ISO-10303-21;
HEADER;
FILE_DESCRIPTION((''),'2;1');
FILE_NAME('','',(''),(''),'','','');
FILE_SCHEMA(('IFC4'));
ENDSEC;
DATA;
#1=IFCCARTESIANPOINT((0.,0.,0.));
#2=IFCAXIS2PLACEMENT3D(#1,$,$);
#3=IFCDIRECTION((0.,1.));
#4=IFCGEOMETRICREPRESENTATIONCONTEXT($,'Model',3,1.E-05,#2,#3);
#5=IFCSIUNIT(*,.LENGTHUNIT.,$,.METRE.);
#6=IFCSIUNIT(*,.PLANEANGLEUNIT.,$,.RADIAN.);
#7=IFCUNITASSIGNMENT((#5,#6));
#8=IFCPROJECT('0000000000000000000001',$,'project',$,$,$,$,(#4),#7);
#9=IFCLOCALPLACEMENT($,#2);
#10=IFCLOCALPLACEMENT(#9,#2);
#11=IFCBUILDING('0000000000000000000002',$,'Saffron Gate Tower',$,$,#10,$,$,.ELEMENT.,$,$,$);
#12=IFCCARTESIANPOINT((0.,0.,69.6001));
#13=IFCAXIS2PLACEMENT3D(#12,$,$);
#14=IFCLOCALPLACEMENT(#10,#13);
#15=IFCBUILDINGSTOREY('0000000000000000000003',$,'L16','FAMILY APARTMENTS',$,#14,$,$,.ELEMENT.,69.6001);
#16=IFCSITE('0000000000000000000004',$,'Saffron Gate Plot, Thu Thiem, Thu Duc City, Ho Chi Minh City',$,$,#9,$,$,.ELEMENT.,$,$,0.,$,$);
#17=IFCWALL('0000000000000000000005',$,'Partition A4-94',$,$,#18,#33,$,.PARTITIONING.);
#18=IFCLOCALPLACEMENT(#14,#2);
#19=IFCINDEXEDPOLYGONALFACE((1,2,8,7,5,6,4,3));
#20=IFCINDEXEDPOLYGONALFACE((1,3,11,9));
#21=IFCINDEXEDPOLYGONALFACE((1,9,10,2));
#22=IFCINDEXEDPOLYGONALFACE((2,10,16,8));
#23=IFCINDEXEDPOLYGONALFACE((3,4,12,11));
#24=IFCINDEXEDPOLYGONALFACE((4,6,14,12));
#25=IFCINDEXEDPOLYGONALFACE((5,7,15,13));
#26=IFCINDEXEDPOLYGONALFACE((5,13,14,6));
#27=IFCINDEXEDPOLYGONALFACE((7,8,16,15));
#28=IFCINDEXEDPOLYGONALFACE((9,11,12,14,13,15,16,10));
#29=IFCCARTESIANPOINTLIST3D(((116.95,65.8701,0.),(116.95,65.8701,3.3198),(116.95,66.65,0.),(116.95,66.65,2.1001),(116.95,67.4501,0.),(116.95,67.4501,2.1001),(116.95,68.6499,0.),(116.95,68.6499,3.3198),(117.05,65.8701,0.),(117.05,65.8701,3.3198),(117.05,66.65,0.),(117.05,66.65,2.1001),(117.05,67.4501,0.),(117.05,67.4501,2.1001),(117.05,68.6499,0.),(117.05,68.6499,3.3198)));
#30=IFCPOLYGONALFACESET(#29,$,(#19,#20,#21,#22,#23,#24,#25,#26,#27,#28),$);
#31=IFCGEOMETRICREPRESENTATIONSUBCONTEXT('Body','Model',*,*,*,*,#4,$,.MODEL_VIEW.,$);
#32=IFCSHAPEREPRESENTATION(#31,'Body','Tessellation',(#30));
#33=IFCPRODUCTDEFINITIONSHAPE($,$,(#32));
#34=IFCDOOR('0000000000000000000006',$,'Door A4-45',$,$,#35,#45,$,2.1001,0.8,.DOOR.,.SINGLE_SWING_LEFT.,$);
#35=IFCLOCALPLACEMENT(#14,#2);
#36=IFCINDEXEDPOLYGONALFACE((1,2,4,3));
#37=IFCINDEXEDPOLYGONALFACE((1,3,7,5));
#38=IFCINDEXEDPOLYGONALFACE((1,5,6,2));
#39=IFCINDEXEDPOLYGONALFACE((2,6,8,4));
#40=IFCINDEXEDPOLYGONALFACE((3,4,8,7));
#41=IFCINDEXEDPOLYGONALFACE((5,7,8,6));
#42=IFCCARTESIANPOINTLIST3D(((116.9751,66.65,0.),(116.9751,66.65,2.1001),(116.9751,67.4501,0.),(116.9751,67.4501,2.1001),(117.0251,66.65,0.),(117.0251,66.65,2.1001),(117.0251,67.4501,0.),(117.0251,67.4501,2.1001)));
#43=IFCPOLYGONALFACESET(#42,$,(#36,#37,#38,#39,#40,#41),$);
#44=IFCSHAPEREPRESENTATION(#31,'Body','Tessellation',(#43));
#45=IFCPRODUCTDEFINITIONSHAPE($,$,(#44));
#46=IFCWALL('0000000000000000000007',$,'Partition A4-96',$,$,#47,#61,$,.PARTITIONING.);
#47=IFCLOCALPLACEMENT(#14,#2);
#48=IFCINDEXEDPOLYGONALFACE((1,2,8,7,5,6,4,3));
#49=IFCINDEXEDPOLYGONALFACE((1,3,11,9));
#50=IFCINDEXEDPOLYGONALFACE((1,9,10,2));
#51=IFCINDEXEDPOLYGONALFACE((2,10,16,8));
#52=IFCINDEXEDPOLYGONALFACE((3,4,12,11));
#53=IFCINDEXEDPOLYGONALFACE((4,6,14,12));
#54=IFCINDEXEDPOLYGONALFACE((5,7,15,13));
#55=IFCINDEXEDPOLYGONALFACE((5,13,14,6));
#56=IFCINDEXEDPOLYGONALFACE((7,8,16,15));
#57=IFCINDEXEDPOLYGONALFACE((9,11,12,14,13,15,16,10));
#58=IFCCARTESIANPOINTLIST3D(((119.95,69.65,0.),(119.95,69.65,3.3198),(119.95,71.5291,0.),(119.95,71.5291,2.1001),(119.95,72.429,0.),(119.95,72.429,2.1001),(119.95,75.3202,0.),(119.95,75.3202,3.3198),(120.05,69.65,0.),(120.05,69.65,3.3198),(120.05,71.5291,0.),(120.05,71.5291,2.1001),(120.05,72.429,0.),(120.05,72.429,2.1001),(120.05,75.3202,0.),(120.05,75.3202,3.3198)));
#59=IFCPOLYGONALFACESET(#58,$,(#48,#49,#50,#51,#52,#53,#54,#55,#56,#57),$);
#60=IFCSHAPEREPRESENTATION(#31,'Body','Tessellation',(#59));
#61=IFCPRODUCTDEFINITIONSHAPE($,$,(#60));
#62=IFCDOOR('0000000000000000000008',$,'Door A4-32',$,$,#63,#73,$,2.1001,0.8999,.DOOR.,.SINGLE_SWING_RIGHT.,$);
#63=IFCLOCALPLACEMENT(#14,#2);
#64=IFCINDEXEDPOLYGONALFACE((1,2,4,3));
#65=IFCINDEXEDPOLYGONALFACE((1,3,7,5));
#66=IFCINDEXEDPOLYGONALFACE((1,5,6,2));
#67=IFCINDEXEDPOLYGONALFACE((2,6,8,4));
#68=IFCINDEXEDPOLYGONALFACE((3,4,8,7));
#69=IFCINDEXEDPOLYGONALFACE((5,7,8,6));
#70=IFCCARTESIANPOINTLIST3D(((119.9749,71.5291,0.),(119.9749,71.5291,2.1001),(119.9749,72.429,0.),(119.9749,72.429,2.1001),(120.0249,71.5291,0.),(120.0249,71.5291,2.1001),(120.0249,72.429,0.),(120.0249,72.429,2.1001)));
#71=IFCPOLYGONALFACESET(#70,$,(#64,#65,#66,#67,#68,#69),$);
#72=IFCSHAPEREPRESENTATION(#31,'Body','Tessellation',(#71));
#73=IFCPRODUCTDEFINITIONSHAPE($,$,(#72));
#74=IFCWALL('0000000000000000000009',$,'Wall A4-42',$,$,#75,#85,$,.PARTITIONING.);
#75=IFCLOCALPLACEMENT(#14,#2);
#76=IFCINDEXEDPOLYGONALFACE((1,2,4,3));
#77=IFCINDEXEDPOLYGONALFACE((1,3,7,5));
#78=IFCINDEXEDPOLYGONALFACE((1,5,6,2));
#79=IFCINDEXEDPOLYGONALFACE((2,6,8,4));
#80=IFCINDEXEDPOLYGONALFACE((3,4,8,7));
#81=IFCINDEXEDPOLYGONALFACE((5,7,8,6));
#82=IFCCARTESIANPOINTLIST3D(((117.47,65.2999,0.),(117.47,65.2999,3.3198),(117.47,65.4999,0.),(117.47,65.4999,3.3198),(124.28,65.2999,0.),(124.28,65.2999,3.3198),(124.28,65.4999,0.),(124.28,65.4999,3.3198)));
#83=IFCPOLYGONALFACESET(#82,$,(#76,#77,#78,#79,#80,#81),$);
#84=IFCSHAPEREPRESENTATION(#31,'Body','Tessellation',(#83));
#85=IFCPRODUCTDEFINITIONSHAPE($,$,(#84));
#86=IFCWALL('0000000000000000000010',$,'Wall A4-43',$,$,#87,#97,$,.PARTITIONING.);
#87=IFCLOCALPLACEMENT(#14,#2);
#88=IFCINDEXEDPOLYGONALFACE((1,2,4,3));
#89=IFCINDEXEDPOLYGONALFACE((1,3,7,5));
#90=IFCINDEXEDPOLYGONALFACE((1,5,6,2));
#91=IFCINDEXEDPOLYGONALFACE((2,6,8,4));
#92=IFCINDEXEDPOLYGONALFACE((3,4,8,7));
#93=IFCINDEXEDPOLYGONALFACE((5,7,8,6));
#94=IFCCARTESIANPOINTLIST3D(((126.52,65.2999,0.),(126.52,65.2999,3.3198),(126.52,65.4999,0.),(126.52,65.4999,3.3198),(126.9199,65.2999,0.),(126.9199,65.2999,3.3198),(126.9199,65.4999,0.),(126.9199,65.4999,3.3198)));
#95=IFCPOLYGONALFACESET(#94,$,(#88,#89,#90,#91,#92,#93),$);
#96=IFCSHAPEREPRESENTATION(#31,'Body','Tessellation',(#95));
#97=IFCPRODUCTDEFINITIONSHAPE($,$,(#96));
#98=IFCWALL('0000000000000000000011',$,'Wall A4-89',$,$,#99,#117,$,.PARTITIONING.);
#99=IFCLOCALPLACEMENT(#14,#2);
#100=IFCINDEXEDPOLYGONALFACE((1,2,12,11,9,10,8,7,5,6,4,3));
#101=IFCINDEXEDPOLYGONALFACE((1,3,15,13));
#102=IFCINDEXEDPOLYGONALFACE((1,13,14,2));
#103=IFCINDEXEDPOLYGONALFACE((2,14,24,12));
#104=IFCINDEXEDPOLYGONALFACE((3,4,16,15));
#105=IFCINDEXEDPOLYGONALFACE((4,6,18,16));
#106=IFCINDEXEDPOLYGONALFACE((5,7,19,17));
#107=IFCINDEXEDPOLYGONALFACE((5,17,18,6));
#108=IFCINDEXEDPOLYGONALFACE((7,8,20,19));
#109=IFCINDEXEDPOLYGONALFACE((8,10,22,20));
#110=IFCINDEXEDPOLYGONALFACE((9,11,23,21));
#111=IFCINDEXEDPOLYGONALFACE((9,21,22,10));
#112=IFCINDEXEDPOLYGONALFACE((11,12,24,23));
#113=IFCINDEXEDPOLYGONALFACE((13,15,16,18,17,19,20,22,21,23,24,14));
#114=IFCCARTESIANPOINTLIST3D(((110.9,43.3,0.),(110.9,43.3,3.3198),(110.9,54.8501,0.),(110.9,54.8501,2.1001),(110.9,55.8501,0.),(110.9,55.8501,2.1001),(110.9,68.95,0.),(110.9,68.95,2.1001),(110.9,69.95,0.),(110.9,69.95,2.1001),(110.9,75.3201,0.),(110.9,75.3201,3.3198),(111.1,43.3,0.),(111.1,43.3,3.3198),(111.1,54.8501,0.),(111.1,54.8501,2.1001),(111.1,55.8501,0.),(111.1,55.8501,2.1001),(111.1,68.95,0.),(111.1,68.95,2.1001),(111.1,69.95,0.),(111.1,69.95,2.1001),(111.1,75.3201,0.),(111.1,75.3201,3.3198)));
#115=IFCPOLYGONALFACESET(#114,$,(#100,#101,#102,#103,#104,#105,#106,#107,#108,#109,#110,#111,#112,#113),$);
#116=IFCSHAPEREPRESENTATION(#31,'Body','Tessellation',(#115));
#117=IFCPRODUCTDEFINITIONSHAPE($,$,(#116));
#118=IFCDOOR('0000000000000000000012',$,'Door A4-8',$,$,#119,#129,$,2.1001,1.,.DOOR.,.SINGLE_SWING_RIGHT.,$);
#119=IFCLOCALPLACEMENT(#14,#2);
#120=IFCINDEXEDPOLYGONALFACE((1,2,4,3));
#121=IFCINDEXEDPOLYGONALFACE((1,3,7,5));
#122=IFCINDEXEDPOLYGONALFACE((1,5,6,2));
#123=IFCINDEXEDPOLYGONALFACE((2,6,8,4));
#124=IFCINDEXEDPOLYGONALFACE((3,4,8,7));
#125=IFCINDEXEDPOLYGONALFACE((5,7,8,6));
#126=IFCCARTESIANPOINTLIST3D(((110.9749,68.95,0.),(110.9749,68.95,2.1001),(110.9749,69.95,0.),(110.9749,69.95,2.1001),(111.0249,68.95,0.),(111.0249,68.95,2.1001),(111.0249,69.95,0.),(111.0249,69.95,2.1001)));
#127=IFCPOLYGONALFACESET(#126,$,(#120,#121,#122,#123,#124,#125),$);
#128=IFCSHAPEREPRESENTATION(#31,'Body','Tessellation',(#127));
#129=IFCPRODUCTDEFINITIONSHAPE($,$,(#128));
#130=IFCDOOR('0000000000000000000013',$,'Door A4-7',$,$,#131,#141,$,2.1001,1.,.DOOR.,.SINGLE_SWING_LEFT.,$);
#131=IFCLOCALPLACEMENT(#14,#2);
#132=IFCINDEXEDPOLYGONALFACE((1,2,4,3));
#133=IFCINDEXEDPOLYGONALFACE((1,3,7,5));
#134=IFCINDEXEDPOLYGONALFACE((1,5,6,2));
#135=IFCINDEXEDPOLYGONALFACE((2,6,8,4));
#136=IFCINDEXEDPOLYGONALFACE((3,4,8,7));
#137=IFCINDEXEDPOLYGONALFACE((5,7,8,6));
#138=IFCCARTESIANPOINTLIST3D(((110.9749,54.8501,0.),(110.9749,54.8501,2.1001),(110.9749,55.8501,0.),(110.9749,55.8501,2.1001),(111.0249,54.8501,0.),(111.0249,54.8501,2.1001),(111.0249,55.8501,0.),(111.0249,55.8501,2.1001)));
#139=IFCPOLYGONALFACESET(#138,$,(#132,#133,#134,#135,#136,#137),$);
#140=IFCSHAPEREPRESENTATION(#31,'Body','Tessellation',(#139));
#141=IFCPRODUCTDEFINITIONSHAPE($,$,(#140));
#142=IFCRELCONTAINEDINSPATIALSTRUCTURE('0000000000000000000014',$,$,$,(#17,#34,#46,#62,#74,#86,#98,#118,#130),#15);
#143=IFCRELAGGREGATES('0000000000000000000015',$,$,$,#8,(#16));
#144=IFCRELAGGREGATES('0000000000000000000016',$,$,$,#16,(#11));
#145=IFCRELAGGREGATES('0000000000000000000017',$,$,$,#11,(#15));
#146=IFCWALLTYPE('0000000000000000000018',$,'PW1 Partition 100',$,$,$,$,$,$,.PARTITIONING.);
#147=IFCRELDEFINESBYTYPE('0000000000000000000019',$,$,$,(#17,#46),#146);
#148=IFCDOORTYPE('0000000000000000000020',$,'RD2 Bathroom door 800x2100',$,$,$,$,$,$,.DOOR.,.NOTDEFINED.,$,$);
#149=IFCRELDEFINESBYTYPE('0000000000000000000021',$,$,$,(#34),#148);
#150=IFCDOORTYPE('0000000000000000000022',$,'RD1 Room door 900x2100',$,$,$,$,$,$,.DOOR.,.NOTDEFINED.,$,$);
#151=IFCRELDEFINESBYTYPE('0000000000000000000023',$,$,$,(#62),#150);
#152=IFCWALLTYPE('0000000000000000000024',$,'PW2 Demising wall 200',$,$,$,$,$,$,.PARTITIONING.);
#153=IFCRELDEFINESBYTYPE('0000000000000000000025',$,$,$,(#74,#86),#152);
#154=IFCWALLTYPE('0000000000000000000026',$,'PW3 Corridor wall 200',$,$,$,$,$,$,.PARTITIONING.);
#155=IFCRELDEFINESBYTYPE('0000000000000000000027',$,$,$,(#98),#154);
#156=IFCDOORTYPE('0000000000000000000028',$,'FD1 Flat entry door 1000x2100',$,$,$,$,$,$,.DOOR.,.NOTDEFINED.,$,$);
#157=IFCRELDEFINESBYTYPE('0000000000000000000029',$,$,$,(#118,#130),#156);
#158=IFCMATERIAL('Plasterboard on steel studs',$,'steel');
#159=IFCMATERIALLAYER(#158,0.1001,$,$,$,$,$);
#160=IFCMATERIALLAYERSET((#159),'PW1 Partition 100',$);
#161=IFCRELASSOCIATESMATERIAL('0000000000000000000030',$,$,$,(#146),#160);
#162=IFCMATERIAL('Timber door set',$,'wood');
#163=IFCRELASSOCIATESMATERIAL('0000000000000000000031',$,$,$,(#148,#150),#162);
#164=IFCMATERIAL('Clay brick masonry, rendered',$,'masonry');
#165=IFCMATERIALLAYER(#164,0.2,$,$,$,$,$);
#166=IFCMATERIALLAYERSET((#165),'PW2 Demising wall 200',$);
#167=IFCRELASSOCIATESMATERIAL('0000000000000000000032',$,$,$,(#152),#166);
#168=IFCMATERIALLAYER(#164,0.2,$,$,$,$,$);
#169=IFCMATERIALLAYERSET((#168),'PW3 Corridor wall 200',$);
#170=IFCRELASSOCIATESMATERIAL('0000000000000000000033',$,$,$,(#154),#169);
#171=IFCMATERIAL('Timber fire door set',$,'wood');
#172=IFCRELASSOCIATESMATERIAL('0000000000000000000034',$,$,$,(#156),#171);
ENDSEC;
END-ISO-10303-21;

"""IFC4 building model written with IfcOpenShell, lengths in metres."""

from ifc_helpers import new_model, si_unit, direction, frame, frame_2d, origin, place, context, subcontext, project, spatial, rectangle, extrude, material, layer, layer_set, type_object, element, fill, save


model = new_model("IFC4")

# Units and contexts
model_context = context("Model", 3, precision=1e-05, world=origin(), true_north=direction((0.0, 1.0)))
body_context = subcontext(model_context, "Body", "Model", "MODEL_VIEW")
ifc_project = project(units=[si_unit("LENGTHUNIT", "METRE"), si_unit("PLANEANGLEUNIT", "RADIAN")], contexts=[model_context])

# Site, building, storey
site_placement = place(None, origin())
site = spatial("IfcSite", under=ifc_project, at=site_placement, Name="Saffron Gate Plot, Thu Thiem, Thu Duc City, Ho Chi Minh City", CompositionType="ELEMENT", RefElevation=0.0)
building_placement = place(site_placement, origin())
building = spatial("IfcBuilding", under=site, at=building_placement, Name="Saffron Gate Tower", CompositionType="ELEMENT")
storey_placement = place(building_placement, frame((0.0, 0.0, 69.6001)))
storey = spatial("IfcBuildingStorey", under=building, at=storey_placement, Name="L16", Description="FAMILY APARTMENTS", CompositionType="ELEMENT", Elevation=69.6001)

# Shared definitions
ifc_material_1 = material(Name="Plasterboard on steel studs", Category="steel")
ifc_layer_1 = layer(ifc_material_1, 0.1001)
ifc_layer_set_1 = layer_set([ifc_layer_1], Name="PW1 Partition 100")
wall_type_1 = type_object("IfcWallType", Name="PW1 Partition 100", PredefinedType="PARTITIONING", material=ifc_layer_set_1)

# Walls, openings, doors
wall_1_placement = place(storey_placement, frame((117.0, 65.8701, 0.0), z_axis=(0.0, 0.0, 1.0), x_axis=(0.0, 1.0, 0.0)))
wall_1 = element("IfcWall", 1, at=wall_1_placement, inside=storey, type_object=wall_type_1, Name="Partition A4-94", PredefinedType="PARTITIONING", context=body_context, shape_type="SweptSolid", body=[
    extrude(rectangle(XDim=2.7798, YDim=0.1001, at=frame_2d((1.3899, 0.0))), origin(), (0.0, 0.0, 1.0), 3.3198),
])
opening_1_placement = place(wall_1_placement, frame((0.78, 0.0, 0.0)))
opening_1 = element("IfcOpeningElement", 2, at=opening_1_placement, cuts=wall_1, PredefinedType="OPENING", context=body_context, shape_type="SweptSolid", body=[
    extrude(rectangle(XDim=0.8, YDim=2.1001, at=frame_2d((0.3999, 1.05))), frame((0.0, 0.0601, 0.0), z_axis=(0.0, -1.0, 0.0), x_axis=(1.0, 0.0, 0.0)), (0.0, 0.0, 1.0), 0.1201),
])
ifc_material_2 = material(Name="Timber door set", Category="wood")
door_type_1 = type_object("IfcDoorType", Name="RD2 Bathroom door 800x2100", OperationType="NOTDEFINED", PredefinedType="DOOR", material=ifc_material_2)
door_1_placement = place(opening_1_placement, origin())
door_1 = element("IfcDoor", 3, at=door_1_placement, inside=storey, type_object=door_type_1, Name="Door A4-45", OperationType="SINGLE_SWING_LEFT", OverallHeight=2.1001, OverallWidth=0.8, PredefinedType="DOOR", context=body_context, shape_type="SweptSolid", body=[
    extrude(rectangle(XDim=0.8, YDim=2.1001, at=frame_2d((0.3999, 1.05))), frame((0.0, 0.0249, 0.0), z_axis=(0.0, -1.0, 0.0), x_axis=(1.0, 0.0, 0.0)), (0.0, 0.0, 1.0), 0.05),
])
fill(opening_1, door_1)
wall_2_placement = place(storey_placement, frame((120.0, 75.3201, 0.0), z_axis=(0.0, 0.0, 1.0), x_axis=(0.0, -1.0, 0.0)))
wall_2 = element("IfcWall", 4, at=wall_2_placement, inside=storey, type_object=wall_type_1, Name="Partition A4-96", PredefinedType="PARTITIONING", context=body_context, shape_type="SweptSolid", body=[
    extrude(rectangle(XDim=5.6702, YDim=0.1001, at=frame_2d((2.835, 0.0))), origin(), (0.0, 0.0, 1.0), 3.3198),
])
opening_2_placement = place(wall_2_placement, frame((2.8911, 0.0, 0.0)))
opening_2 = element("IfcOpeningElement", 5, at=opening_2_placement, cuts=wall_2, PredefinedType="OPENING", context=body_context, shape_type="SweptSolid", body=[
    extrude(rectangle(XDim=0.8999, YDim=2.1001, at=frame_2d((0.45, 1.05))), frame((0.0, 0.0601, 0.0), z_axis=(0.0, -1.0, 0.0), x_axis=(1.0, 0.0, 0.0)), (0.0, 0.0, 1.0), 0.1201),
])
door_type_2 = type_object("IfcDoorType", Name="RD1 Room door 900x2100", OperationType="NOTDEFINED", PredefinedType="DOOR", material=ifc_material_2)
door_2_placement = place(opening_2_placement, origin())
door_2 = element("IfcDoor", 6, at=door_2_placement, inside=storey, type_object=door_type_2, Name="Door A4-32", OperationType="SINGLE_SWING_RIGHT", OverallHeight=2.1001, OverallWidth=0.8999, PredefinedType="DOOR", context=body_context, shape_type="SweptSolid", body=[
    extrude(rectangle(XDim=0.8999, YDim=2.1001, at=frame_2d((0.45, 1.05))), frame((0.0, 0.0249, 0.0), z_axis=(0.0, -1.0, 0.0), x_axis=(1.0, 0.0, 0.0)), (0.0, 0.0, 1.0), 0.05),
])
fill(opening_2, door_2)

# Walls
ifc_material_3 = material(Name="Clay brick masonry, rendered", Category="masonry")
ifc_layer_2 = layer(ifc_material_3, 0.2)
ifc_layer_set_2 = layer_set([ifc_layer_2], Name="PW2 Demising wall 200")
wall_type_2 = type_object("IfcWallType", Name="PW2 Demising wall 200", PredefinedType="PARTITIONING", material=ifc_layer_set_2)
wall_3_placement = place(storey_placement, frame((117.47, 65.3999, 0.0), z_axis=(0.0, 0.0, 1.0), x_axis=(1.0, 0.0, 0.0)))
element("IfcWall", 7, at=wall_3_placement, inside=storey, type_object=wall_type_2, Name="Wall A4-42", PredefinedType="PARTITIONING", context=body_context, shape_type="SweptSolid", body=[
    extrude(rectangle(XDim=6.8101, YDim=0.2, at=frame_2d((3.405, 0.0))), origin(), (0.0, 0.0, 1.0), 3.3198),
])
wall_4_placement = place(storey_placement, frame((126.52, 65.3999, 0.0), z_axis=(0.0, 0.0, 1.0), x_axis=(1.0, 0.0, 0.0)))
element("IfcWall", 8, at=wall_4_placement, inside=storey, type_object=wall_type_2, Name="Wall A4-43", PredefinedType="PARTITIONING", context=body_context, shape_type="SweptSolid", body=[
    extrude(rectangle(XDim=0.3999, YDim=0.2, at=frame_2d((0.2, 0.0))), origin(), (0.0, 0.0, 1.0), 3.3198),
])

# Wall, openings, doors
ifc_layer_3 = layer(ifc_material_3, 0.2)
ifc_layer_set_3 = layer_set([ifc_layer_3], Name="PW3 Corridor wall 200")
wall_type_3 = type_object("IfcWallType", Name="PW3 Corridor wall 200", PredefinedType="PARTITIONING", material=ifc_layer_set_3)
wall_5_placement = place(storey_placement, frame((111.0, 75.3201, 0.0), z_axis=(0.0, 0.0, 1.0), x_axis=(0.0, -1.0, 0.0)))
wall_5 = element("IfcWall", 9, at=wall_5_placement, inside=storey, type_object=wall_type_3, Name="Wall A4-89", PredefinedType="PARTITIONING", context=body_context, shape_type="SweptSolid", body=[
    extrude(rectangle(XDim=32.02, YDim=0.2, at=frame_2d((16.01, 0.0))), origin(), (0.0, 0.0, 1.0), 3.3198),
])
opening_3_placement = place(wall_5_placement, frame((5.3701, 0.0, 0.0)))
opening_3 = element("IfcOpeningElement", 10, at=opening_3_placement, cuts=wall_5, PredefinedType="OPENING", context=body_context, shape_type="SweptSolid", body=[
    extrude(rectangle(XDim=1.0, YDim=2.1001, at=frame_2d((0.5, 1.05))), frame((0.0, 0.1099, 0.0), z_axis=(0.0, -1.0, 0.0), x_axis=(1.0, 0.0, 0.0)), (0.0, 0.0, 1.0), 0.22),
])
opening_4_placement = place(wall_5_placement, frame((19.47, 0.0, 0.0)))
opening_4 = element("IfcOpeningElement", 11, at=opening_4_placement, cuts=wall_5, PredefinedType="OPENING", context=body_context, shape_type="SweptSolid", body=[
    extrude(rectangle(XDim=1.0, YDim=2.1001, at=frame_2d((0.5, 1.05))), frame((0.0, 0.1099, 0.0), z_axis=(0.0, -1.0, 0.0), x_axis=(1.0, 0.0, 0.0)), (0.0, 0.0, 1.0), 0.22),
])
ifc_material_4 = material(Name="Timber fire door set", Category="wood")
door_type_3 = type_object("IfcDoorType", Name="FD1 Flat entry door 1000x2100", OperationType="NOTDEFINED", PredefinedType="DOOR", material=ifc_material_4)
door_3_placement = place(opening_3_placement, origin())
door_3 = element("IfcDoor", 12, at=door_3_placement, inside=storey, type_object=door_type_3, Name="Door A4-8", OperationType="SINGLE_SWING_RIGHT", OverallHeight=2.1001, OverallWidth=1.0, PredefinedType="DOOR", context=body_context, shape_type="SweptSolid", body=[
    extrude(rectangle(XDim=1.0, YDim=2.1001, at=frame_2d((0.5, 1.05))), frame((0.0, 0.0249, 0.0), z_axis=(0.0, -1.0, 0.0), x_axis=(1.0, 0.0, 0.0)), (0.0, 0.0, 1.0), 0.05),
])
fill(opening_3, door_3)
door_4_placement = place(opening_4_placement, origin())
door_4 = element("IfcDoor", 13, at=door_4_placement, inside=storey, type_object=door_type_3, Name="Door A4-7", OperationType="SINGLE_SWING_LEFT", OverallHeight=2.1001, OverallWidth=1.0, PredefinedType="DOOR", context=body_context, shape_type="SweptSolid", body=[
    extrude(rectangle(XDim=1.0, YDim=2.1001, at=frame_2d((0.5, 1.05))), frame((0.0, 0.0249, 0.0), z_axis=(0.0, -1.0, 0.0), x_axis=(1.0, 0.0, 0.0)), (0.0, 0.0, 1.0), 0.05),
])
fill(opening_4, door_4)

save(model, "model.ifc")
